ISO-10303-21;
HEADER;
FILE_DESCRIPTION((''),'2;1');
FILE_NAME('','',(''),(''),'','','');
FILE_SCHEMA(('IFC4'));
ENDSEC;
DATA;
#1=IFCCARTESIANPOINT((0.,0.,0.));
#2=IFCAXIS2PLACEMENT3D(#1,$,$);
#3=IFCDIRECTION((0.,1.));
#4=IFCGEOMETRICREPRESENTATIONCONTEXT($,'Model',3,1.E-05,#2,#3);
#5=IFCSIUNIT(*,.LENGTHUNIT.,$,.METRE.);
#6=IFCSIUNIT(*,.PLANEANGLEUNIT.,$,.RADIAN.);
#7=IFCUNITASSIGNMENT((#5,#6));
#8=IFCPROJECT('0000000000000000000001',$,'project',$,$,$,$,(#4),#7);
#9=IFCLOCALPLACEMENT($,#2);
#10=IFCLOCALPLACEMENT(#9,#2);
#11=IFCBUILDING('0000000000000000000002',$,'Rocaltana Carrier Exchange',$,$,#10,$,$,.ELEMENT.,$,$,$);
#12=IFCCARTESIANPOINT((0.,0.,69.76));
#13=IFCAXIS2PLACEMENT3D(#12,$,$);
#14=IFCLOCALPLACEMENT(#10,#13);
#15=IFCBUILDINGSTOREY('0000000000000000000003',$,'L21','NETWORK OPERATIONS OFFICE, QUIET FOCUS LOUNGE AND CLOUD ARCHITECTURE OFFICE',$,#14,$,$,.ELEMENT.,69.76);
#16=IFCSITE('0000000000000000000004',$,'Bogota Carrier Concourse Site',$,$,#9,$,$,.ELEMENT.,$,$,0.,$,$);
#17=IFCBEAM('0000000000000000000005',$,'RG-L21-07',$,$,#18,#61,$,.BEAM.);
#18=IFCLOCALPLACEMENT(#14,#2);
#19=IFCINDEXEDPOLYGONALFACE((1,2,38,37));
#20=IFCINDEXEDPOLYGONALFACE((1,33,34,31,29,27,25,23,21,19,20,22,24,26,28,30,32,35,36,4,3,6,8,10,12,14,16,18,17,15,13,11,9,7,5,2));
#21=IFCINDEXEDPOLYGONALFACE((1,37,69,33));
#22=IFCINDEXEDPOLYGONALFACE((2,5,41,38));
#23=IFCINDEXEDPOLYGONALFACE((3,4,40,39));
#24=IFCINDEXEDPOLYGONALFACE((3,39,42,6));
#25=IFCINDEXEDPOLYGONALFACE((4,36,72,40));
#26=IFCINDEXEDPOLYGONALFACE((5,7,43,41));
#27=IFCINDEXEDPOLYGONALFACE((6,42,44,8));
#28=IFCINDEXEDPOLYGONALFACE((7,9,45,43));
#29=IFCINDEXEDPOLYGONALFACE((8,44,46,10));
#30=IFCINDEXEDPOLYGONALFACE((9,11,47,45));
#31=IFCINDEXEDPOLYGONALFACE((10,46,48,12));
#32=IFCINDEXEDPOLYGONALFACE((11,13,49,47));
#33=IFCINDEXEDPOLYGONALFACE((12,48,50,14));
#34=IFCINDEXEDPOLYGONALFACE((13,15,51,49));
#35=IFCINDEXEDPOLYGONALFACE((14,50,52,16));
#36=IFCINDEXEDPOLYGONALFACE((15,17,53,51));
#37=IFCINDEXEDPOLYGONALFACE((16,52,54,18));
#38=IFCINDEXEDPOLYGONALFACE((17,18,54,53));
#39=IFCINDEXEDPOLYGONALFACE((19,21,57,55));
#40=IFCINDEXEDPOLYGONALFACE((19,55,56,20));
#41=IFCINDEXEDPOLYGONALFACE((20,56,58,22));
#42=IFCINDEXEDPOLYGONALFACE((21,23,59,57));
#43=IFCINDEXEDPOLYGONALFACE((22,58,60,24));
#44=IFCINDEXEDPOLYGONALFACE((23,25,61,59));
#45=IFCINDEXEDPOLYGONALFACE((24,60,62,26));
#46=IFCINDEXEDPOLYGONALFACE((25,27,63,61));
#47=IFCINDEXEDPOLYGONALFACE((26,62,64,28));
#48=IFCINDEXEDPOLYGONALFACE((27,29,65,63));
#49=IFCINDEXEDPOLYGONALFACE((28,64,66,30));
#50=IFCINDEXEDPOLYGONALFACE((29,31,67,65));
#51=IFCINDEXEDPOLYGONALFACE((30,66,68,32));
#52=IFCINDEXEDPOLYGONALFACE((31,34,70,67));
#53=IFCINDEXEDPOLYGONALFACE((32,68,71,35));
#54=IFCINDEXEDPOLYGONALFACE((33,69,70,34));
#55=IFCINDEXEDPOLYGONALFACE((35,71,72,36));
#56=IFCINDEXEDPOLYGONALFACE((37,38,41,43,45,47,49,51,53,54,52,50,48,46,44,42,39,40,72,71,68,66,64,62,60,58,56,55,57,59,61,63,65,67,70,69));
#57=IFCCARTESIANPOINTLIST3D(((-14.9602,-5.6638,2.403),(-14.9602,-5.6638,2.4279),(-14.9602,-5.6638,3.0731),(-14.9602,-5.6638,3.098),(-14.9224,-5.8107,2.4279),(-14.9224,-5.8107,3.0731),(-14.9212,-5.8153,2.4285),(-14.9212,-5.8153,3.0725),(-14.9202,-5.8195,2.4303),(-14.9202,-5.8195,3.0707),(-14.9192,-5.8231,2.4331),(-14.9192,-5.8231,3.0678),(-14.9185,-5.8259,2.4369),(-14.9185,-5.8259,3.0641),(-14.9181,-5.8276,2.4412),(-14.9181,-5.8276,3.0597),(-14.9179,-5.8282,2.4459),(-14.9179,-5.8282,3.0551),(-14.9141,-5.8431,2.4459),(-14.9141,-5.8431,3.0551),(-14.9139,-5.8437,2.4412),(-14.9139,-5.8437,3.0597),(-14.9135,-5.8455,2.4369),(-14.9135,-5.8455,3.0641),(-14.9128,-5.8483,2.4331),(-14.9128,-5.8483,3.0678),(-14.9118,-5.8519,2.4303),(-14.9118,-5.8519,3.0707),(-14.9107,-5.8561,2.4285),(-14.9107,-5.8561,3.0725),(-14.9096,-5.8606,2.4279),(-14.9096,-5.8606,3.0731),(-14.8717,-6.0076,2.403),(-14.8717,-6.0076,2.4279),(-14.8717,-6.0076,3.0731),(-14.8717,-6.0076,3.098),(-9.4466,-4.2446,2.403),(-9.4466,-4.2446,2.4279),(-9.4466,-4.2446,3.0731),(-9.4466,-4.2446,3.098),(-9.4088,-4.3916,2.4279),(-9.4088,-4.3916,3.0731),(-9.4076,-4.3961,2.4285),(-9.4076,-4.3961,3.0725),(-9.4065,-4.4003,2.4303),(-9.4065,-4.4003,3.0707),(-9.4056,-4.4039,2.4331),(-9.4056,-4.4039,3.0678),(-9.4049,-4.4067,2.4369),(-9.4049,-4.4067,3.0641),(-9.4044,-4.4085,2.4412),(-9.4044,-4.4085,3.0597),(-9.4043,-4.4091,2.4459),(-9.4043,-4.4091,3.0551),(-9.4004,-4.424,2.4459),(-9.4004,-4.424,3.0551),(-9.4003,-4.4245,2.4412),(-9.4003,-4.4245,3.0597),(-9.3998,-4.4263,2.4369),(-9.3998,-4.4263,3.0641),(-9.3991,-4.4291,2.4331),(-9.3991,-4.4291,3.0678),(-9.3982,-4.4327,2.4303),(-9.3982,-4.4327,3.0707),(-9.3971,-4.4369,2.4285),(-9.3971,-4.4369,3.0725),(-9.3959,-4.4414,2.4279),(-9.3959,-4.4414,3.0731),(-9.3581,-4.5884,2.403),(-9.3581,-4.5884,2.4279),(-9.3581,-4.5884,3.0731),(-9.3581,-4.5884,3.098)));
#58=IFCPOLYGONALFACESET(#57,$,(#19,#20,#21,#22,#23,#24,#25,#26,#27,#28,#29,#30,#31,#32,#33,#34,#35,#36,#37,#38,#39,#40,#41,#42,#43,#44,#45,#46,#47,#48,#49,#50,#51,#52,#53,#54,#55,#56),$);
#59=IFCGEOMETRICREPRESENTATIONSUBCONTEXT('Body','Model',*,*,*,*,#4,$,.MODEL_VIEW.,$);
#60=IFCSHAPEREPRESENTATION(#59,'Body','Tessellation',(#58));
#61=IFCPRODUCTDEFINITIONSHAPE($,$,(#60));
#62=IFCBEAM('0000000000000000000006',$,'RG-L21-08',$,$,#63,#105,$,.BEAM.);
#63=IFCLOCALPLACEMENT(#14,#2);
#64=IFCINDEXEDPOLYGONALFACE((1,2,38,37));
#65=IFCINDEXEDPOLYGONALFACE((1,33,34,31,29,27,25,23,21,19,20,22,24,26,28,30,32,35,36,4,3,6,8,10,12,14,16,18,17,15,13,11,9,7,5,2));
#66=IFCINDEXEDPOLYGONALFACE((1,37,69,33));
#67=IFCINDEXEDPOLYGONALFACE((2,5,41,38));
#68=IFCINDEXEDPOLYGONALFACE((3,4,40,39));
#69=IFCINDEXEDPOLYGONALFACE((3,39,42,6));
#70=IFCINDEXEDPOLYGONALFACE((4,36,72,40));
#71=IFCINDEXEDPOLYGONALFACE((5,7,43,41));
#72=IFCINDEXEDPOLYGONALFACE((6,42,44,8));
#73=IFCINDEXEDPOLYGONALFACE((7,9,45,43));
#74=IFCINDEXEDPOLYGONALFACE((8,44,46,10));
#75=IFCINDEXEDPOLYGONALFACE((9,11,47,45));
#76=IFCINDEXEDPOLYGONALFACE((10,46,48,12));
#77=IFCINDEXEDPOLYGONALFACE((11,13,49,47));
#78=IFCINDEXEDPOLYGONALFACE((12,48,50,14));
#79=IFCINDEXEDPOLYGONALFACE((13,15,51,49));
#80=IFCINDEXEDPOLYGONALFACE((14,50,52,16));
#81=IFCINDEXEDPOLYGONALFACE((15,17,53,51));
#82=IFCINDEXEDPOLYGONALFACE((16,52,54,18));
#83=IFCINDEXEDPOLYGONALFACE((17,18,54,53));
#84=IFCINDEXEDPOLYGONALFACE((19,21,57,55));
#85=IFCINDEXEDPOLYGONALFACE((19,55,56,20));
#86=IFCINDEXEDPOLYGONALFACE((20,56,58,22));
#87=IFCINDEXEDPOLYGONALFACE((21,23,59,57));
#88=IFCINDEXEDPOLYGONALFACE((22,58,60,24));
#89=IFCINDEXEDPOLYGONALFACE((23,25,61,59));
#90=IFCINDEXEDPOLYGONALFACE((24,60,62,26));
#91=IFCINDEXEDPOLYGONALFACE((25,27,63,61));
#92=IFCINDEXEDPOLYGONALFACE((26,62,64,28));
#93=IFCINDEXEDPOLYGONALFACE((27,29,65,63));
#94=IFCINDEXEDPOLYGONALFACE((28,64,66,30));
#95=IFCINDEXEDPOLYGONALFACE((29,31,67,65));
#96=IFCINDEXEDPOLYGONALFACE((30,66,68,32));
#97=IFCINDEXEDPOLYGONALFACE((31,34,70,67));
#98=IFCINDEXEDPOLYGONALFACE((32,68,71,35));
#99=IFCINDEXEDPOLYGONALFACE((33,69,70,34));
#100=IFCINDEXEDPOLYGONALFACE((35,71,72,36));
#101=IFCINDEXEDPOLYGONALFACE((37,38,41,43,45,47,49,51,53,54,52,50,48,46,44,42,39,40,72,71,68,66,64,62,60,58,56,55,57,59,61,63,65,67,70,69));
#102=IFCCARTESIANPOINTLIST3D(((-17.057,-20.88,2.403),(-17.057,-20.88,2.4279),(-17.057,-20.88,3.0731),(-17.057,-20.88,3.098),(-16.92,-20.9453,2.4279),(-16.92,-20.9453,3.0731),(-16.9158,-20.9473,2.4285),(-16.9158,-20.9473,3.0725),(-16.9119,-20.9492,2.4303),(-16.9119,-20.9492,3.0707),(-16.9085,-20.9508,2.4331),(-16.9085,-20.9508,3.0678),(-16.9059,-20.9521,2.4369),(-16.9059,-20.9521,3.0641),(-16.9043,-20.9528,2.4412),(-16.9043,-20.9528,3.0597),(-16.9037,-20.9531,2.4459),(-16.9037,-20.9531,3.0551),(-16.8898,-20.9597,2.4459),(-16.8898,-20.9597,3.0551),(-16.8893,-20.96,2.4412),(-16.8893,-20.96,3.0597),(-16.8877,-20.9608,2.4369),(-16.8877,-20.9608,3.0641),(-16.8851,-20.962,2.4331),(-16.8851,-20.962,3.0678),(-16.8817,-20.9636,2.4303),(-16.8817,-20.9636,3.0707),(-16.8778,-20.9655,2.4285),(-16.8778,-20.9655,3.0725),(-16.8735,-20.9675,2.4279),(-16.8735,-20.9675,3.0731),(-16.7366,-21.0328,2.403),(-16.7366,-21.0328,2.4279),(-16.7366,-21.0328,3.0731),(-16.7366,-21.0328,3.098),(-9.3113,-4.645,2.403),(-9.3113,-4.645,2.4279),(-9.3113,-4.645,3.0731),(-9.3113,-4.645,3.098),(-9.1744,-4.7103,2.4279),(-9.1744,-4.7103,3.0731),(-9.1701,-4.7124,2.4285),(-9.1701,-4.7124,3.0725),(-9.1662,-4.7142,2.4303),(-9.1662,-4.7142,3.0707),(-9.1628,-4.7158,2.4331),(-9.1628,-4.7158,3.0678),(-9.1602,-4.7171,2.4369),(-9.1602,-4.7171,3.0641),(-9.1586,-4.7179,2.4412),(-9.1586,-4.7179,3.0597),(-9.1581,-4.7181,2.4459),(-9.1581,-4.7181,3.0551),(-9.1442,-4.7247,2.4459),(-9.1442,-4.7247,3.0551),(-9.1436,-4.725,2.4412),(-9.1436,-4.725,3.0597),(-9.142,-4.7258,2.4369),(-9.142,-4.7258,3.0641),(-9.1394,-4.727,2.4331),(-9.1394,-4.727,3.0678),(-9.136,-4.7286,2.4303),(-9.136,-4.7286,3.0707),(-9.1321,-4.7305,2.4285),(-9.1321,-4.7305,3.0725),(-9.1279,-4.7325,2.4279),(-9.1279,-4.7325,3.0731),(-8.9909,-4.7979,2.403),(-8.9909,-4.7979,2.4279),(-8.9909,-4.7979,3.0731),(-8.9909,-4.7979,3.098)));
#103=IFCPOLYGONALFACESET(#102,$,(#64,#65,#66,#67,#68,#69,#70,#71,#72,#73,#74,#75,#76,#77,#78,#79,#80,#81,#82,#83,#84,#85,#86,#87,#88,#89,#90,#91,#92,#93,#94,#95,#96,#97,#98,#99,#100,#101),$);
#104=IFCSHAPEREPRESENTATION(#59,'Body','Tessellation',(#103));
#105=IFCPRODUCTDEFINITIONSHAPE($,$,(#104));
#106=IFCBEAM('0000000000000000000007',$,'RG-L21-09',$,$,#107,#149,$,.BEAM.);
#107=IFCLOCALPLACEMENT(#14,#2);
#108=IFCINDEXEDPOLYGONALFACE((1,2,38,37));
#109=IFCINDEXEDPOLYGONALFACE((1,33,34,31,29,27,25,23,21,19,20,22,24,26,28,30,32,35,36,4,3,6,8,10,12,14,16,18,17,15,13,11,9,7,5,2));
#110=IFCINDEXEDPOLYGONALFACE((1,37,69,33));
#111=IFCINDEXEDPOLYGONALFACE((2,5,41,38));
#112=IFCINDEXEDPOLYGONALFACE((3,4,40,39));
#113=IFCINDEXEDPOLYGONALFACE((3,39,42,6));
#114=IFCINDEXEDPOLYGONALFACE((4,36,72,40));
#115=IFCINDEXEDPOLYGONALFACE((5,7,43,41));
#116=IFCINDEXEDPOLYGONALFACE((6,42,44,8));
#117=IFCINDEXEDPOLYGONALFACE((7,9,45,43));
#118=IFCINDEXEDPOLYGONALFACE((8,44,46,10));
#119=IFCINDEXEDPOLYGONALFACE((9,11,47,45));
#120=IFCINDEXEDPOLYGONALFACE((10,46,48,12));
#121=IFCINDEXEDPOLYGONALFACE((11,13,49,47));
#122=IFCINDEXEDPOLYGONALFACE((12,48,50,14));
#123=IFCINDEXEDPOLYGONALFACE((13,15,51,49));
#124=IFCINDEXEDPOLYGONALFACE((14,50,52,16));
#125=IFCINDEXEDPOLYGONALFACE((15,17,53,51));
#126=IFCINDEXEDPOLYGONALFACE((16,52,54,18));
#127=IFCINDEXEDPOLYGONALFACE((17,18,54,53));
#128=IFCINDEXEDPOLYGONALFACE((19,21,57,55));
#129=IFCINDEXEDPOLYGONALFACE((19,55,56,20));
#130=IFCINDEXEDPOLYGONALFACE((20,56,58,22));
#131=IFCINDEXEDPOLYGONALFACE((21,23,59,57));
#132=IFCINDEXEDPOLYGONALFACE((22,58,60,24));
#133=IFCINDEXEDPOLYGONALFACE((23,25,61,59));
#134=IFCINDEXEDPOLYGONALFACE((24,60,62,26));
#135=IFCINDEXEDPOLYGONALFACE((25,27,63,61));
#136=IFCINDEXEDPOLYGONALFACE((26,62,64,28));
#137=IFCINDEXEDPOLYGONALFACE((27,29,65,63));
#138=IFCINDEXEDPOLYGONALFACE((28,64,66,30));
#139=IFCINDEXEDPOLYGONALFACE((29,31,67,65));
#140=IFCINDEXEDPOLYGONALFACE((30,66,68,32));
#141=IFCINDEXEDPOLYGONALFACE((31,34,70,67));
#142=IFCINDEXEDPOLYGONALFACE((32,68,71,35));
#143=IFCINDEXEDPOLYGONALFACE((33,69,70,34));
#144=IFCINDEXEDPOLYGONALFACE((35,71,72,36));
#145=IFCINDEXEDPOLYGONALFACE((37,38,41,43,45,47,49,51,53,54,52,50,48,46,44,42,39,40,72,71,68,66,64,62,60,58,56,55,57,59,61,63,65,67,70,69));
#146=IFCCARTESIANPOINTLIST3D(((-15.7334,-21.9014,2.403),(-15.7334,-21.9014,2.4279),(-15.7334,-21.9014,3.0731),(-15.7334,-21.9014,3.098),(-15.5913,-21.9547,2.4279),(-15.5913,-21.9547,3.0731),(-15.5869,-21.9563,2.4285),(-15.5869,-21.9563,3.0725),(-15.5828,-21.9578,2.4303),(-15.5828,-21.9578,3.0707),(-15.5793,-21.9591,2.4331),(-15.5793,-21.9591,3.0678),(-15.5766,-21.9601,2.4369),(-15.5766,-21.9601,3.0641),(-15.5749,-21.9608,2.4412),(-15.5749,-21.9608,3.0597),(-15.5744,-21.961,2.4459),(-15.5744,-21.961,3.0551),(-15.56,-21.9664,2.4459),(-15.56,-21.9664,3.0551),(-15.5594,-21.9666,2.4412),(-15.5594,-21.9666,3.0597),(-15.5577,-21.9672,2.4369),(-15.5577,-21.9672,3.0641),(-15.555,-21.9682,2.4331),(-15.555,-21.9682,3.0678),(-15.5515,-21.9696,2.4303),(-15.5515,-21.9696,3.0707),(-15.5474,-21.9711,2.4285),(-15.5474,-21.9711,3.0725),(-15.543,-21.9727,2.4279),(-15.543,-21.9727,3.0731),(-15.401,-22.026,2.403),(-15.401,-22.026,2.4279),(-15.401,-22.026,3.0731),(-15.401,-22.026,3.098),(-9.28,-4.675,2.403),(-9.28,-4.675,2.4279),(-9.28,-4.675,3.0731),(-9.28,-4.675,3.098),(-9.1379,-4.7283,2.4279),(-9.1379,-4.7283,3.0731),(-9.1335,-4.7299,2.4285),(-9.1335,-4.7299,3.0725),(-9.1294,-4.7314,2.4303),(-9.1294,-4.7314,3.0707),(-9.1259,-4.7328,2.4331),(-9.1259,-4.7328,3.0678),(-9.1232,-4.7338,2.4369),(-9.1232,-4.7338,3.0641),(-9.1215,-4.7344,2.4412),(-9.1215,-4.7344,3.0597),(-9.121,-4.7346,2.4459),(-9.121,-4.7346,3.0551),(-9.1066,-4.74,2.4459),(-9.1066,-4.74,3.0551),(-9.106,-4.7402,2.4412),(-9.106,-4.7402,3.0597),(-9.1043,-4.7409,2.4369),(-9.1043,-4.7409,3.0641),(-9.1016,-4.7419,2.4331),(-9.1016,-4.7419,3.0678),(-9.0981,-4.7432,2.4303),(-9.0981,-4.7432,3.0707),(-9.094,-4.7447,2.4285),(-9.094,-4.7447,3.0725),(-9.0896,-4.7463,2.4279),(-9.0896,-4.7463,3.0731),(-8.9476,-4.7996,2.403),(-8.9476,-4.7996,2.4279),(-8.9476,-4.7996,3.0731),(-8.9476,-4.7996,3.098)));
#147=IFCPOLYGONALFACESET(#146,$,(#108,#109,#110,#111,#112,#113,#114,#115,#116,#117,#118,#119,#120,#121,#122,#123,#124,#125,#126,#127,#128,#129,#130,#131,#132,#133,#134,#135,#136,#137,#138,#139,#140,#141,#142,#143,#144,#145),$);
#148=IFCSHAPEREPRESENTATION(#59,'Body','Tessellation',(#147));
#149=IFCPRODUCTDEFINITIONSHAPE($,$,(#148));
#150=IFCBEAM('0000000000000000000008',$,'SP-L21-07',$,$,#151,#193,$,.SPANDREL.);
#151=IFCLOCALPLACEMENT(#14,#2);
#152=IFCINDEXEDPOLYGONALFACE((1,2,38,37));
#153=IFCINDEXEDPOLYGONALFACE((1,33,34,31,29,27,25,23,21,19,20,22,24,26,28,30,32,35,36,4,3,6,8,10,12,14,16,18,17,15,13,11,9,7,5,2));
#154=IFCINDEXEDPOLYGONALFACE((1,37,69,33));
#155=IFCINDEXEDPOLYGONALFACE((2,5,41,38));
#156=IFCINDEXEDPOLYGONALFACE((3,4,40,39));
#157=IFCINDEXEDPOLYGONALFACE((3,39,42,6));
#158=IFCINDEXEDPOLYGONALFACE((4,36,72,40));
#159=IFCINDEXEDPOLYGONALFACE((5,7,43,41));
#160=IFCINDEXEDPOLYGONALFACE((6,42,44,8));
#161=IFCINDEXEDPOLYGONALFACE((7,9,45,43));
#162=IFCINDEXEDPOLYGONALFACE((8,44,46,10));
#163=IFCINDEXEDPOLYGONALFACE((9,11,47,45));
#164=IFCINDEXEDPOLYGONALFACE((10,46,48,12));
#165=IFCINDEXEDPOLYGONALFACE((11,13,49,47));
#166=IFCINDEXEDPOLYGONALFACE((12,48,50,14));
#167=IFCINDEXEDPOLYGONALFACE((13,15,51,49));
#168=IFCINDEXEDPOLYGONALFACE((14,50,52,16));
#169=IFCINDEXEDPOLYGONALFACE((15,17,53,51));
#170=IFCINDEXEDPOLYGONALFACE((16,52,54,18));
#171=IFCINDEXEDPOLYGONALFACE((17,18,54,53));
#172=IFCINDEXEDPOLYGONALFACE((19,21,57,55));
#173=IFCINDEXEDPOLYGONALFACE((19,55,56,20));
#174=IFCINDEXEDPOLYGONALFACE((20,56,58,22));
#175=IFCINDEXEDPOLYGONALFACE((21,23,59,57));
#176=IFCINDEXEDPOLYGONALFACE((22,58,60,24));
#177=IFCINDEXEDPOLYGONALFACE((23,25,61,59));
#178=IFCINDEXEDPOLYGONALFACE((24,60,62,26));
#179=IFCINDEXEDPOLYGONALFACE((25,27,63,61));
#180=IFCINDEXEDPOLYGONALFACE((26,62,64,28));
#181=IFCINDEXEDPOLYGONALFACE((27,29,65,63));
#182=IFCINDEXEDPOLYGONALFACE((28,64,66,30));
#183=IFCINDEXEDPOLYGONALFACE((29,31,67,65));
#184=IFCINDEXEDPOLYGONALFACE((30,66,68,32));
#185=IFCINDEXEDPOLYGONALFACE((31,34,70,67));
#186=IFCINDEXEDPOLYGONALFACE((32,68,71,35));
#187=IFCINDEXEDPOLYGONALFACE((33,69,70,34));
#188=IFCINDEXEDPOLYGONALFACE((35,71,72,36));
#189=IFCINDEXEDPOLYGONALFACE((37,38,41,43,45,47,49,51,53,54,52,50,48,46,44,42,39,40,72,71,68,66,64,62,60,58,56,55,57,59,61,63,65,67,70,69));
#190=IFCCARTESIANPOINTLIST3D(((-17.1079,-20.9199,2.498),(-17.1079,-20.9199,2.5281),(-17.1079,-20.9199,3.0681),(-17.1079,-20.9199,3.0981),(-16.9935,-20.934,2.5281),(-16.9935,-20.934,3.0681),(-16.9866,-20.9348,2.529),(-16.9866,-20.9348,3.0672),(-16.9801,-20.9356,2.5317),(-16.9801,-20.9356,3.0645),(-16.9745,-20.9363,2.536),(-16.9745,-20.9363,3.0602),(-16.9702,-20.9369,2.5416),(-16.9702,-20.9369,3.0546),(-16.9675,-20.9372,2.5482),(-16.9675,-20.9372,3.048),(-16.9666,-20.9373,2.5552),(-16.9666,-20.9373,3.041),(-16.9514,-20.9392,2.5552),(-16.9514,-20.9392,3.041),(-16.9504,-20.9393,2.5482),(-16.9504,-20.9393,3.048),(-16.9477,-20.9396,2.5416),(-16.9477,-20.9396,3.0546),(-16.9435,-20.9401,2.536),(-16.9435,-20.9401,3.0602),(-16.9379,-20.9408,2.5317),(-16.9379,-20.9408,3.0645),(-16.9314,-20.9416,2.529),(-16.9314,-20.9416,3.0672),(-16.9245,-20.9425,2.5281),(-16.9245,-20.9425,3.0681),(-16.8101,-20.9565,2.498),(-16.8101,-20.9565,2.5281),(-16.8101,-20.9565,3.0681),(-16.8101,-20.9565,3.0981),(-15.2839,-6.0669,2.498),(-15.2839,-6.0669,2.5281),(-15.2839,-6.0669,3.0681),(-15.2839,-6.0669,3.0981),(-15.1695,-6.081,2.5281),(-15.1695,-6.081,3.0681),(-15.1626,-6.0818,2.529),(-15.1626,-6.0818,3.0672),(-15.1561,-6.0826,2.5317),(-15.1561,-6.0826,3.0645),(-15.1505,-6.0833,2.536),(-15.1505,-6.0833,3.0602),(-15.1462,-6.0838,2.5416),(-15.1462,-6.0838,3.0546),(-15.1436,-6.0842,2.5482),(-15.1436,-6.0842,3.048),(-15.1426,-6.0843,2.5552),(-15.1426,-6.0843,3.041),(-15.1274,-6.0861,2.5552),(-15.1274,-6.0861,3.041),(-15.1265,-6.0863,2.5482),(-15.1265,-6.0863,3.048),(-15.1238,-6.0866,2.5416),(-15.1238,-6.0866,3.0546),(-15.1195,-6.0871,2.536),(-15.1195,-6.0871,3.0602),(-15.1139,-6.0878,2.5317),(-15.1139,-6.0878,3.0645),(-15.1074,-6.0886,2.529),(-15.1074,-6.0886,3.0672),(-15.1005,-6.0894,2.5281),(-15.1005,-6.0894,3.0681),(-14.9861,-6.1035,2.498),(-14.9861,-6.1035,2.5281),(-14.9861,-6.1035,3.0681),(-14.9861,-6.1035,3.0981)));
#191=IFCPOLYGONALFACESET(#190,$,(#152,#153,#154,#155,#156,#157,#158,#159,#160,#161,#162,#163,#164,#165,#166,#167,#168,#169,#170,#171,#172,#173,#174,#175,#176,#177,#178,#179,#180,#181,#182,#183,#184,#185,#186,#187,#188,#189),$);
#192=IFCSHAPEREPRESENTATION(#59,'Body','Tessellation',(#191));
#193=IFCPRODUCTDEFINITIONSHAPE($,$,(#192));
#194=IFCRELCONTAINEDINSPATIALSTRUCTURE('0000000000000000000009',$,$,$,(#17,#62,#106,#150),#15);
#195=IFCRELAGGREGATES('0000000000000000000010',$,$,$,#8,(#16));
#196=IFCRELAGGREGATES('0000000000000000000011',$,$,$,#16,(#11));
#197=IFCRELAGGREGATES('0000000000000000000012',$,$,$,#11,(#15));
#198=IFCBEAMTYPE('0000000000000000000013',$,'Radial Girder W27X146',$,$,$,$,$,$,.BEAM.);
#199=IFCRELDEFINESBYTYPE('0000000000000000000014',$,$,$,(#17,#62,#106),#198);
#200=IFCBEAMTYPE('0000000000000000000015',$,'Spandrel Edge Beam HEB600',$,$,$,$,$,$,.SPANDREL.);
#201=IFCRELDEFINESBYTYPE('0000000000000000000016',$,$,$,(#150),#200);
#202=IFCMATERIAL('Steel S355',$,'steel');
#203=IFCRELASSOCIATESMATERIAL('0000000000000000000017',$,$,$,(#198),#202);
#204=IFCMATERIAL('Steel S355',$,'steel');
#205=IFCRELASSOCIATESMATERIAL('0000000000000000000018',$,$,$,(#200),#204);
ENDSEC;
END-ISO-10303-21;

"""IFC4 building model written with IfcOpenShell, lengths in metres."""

from ifc_helpers import new_model, si_unit, direction, frame, origin, origin_2d, place, context, subcontext, project, spatial, i_section, extrude, material, material_profile, profile_set, type_object, element, save


model = new_model("IFC4")

# Units and contexts
model_context = context("Model", 3, precision=1e-05, world=origin(), true_north=direction((0.0, 1.0)))
body_context = subcontext(model_context, "Body", "Model", "MODEL_VIEW")
ifc_project = project(units=[si_unit("LENGTHUNIT", "METRE"), si_unit("PLANEANGLEUNIT", "RADIAN")], contexts=[model_context])

# Site, building, storey
site_placement = place(None, origin())
site = spatial("IfcSite", under=ifc_project, at=site_placement, Name="Bogota Carrier Concourse Site", CompositionType="ELEMENT", RefElevation=0.0)
building_placement = place(site_placement, origin())
building = spatial("IfcBuilding", under=site, at=building_placement, Name="Rocaltana Carrier Exchange", CompositionType="ELEMENT")
storey_placement = place(building_placement, frame((0.0, 0.0, 69.76)))
storey = spatial("IfcBuildingStorey", under=building, at=storey_placement, Name="L21", Description="NETWORK OPERATIONS OFFICE, QUIET FOCUS LOUNGE AND CLOUD ARCHITECTURE OFFICE", CompositionType="ELEMENT", Elevation=69.76)

# Beams
ifc_material_1 = material(Name="Steel S355", Category="steel")
ifc_material_profile_1 = material_profile(ifc_material_1, i_section(OverallWidth=0.355, OverallDepth=0.6951, WebThickness=0.0154, FlangeThickness=0.0249, FilletRadius=0.0181, at=origin_2d()), Name="W27X146")
ifc_profile_set_1 = profile_set([ifc_material_profile_1], Name="Steel S355")
beam_type_1 = type_object("IfcBeamType", Name="Radial Girder W27X146", PredefinedType="BEAM", material=ifc_profile_set_1)
beam_1_placement = place(storey_placement, frame((-9.4023, -4.4165, 2.7505), z_axis=(-0.968434, -0.24927, 0.0), x_axis=(0.24927, -0.968434, 0.0)))
element("IfcBeam", 1, at=beam_1_placement, inside=storey, type_object=beam_type_1, Name="RG-L21-07", PredefinedType="BEAM", context=body_context, shape_type="SweptSolid", body=[
    extrude(i_section(OverallWidth=0.355, OverallDepth=0.6951, WebThickness=0.0154, FlangeThickness=0.0249, FilletRadius=0.0181, at=origin_2d()), origin(), (0.0, 0.0, 1.0), 5.6934),
])
beam_2_placement = place(storey_placement, frame((-9.1511, -4.7214, 2.7505), z_axis=(-0.4306, -0.902543, 0.0), x_axis=(0.902543, -0.4306, 0.0)))
element("IfcBeam", 2, at=beam_2_placement, inside=storey, type_object=beam_type_1, Name="RG-L21-08", PredefinedType="BEAM", context=body_context, shape_type="SweptSolid", body=[
    extrude(i_section(OverallWidth=0.355, OverallDepth=0.6951, WebThickness=0.0154, FlangeThickness=0.0249, FilletRadius=0.0181, at=origin_2d()), origin(), (0.0, 0.0, 1.0), 17.988),
])
beam_3_placement = place(storey_placement, frame((-9.1138, -4.7373, 2.7505), z_axis=(-0.350814, -0.936445, 0.0), x_axis=(0.936445, -0.350814, 0.0)))
element("IfcBeam", 3, at=beam_3_placement, inside=storey, type_object=beam_type_1, Name="RG-L21-09", PredefinedType="BEAM", context=body_context, shape_type="SweptSolid", body=[
    extrude(i_section(OverallWidth=0.355, OverallDepth=0.6951, WebThickness=0.0154, FlangeThickness=0.0249, FilletRadius=0.0181, at=origin_2d()), origin(), (0.0, 0.0, 1.0), 18.3955),
])
ifc_material_2 = material(Name="Steel S355", Category="steel")
ifc_material_profile_2 = material_profile(ifc_material_2, i_section(OverallWidth=0.3, OverallDepth=0.6001, WebThickness=0.0154, FlangeThickness=0.03, FilletRadius=0.0271, at=origin_2d()), Name="HEB600")
ifc_profile_set_2 = profile_set([ifc_material_profile_2], Name="Steel S355")
beam_type_2 = type_object("IfcBeamType", Name="Spandrel Edge Beam HEB600", PredefinedType="SPANDREL", material=ifc_profile_set_2)
beam_4_placement = place(storey_placement, frame((-15.135, -6.0852, 2.7981), z_axis=(-0.121886, -0.992544, 0.0), x_axis=(0.992544, -0.121886, 0.0)))
element("IfcBeam", 4, at=beam_4_placement, inside=storey, type_object=beam_type_2, Name="SP-L21-07", PredefinedType="SPANDREL", context=body_context, shape_type="SweptSolid", body=[
    extrude(i_section(OverallWidth=0.3, OverallDepth=0.6001, WebThickness=0.0154, FlangeThickness=0.03, FilletRadius=0.0271, at=origin_2d()), origin(), (0.0, 0.0, 1.0), 14.9646),
])

save(model, "model.ifc")
